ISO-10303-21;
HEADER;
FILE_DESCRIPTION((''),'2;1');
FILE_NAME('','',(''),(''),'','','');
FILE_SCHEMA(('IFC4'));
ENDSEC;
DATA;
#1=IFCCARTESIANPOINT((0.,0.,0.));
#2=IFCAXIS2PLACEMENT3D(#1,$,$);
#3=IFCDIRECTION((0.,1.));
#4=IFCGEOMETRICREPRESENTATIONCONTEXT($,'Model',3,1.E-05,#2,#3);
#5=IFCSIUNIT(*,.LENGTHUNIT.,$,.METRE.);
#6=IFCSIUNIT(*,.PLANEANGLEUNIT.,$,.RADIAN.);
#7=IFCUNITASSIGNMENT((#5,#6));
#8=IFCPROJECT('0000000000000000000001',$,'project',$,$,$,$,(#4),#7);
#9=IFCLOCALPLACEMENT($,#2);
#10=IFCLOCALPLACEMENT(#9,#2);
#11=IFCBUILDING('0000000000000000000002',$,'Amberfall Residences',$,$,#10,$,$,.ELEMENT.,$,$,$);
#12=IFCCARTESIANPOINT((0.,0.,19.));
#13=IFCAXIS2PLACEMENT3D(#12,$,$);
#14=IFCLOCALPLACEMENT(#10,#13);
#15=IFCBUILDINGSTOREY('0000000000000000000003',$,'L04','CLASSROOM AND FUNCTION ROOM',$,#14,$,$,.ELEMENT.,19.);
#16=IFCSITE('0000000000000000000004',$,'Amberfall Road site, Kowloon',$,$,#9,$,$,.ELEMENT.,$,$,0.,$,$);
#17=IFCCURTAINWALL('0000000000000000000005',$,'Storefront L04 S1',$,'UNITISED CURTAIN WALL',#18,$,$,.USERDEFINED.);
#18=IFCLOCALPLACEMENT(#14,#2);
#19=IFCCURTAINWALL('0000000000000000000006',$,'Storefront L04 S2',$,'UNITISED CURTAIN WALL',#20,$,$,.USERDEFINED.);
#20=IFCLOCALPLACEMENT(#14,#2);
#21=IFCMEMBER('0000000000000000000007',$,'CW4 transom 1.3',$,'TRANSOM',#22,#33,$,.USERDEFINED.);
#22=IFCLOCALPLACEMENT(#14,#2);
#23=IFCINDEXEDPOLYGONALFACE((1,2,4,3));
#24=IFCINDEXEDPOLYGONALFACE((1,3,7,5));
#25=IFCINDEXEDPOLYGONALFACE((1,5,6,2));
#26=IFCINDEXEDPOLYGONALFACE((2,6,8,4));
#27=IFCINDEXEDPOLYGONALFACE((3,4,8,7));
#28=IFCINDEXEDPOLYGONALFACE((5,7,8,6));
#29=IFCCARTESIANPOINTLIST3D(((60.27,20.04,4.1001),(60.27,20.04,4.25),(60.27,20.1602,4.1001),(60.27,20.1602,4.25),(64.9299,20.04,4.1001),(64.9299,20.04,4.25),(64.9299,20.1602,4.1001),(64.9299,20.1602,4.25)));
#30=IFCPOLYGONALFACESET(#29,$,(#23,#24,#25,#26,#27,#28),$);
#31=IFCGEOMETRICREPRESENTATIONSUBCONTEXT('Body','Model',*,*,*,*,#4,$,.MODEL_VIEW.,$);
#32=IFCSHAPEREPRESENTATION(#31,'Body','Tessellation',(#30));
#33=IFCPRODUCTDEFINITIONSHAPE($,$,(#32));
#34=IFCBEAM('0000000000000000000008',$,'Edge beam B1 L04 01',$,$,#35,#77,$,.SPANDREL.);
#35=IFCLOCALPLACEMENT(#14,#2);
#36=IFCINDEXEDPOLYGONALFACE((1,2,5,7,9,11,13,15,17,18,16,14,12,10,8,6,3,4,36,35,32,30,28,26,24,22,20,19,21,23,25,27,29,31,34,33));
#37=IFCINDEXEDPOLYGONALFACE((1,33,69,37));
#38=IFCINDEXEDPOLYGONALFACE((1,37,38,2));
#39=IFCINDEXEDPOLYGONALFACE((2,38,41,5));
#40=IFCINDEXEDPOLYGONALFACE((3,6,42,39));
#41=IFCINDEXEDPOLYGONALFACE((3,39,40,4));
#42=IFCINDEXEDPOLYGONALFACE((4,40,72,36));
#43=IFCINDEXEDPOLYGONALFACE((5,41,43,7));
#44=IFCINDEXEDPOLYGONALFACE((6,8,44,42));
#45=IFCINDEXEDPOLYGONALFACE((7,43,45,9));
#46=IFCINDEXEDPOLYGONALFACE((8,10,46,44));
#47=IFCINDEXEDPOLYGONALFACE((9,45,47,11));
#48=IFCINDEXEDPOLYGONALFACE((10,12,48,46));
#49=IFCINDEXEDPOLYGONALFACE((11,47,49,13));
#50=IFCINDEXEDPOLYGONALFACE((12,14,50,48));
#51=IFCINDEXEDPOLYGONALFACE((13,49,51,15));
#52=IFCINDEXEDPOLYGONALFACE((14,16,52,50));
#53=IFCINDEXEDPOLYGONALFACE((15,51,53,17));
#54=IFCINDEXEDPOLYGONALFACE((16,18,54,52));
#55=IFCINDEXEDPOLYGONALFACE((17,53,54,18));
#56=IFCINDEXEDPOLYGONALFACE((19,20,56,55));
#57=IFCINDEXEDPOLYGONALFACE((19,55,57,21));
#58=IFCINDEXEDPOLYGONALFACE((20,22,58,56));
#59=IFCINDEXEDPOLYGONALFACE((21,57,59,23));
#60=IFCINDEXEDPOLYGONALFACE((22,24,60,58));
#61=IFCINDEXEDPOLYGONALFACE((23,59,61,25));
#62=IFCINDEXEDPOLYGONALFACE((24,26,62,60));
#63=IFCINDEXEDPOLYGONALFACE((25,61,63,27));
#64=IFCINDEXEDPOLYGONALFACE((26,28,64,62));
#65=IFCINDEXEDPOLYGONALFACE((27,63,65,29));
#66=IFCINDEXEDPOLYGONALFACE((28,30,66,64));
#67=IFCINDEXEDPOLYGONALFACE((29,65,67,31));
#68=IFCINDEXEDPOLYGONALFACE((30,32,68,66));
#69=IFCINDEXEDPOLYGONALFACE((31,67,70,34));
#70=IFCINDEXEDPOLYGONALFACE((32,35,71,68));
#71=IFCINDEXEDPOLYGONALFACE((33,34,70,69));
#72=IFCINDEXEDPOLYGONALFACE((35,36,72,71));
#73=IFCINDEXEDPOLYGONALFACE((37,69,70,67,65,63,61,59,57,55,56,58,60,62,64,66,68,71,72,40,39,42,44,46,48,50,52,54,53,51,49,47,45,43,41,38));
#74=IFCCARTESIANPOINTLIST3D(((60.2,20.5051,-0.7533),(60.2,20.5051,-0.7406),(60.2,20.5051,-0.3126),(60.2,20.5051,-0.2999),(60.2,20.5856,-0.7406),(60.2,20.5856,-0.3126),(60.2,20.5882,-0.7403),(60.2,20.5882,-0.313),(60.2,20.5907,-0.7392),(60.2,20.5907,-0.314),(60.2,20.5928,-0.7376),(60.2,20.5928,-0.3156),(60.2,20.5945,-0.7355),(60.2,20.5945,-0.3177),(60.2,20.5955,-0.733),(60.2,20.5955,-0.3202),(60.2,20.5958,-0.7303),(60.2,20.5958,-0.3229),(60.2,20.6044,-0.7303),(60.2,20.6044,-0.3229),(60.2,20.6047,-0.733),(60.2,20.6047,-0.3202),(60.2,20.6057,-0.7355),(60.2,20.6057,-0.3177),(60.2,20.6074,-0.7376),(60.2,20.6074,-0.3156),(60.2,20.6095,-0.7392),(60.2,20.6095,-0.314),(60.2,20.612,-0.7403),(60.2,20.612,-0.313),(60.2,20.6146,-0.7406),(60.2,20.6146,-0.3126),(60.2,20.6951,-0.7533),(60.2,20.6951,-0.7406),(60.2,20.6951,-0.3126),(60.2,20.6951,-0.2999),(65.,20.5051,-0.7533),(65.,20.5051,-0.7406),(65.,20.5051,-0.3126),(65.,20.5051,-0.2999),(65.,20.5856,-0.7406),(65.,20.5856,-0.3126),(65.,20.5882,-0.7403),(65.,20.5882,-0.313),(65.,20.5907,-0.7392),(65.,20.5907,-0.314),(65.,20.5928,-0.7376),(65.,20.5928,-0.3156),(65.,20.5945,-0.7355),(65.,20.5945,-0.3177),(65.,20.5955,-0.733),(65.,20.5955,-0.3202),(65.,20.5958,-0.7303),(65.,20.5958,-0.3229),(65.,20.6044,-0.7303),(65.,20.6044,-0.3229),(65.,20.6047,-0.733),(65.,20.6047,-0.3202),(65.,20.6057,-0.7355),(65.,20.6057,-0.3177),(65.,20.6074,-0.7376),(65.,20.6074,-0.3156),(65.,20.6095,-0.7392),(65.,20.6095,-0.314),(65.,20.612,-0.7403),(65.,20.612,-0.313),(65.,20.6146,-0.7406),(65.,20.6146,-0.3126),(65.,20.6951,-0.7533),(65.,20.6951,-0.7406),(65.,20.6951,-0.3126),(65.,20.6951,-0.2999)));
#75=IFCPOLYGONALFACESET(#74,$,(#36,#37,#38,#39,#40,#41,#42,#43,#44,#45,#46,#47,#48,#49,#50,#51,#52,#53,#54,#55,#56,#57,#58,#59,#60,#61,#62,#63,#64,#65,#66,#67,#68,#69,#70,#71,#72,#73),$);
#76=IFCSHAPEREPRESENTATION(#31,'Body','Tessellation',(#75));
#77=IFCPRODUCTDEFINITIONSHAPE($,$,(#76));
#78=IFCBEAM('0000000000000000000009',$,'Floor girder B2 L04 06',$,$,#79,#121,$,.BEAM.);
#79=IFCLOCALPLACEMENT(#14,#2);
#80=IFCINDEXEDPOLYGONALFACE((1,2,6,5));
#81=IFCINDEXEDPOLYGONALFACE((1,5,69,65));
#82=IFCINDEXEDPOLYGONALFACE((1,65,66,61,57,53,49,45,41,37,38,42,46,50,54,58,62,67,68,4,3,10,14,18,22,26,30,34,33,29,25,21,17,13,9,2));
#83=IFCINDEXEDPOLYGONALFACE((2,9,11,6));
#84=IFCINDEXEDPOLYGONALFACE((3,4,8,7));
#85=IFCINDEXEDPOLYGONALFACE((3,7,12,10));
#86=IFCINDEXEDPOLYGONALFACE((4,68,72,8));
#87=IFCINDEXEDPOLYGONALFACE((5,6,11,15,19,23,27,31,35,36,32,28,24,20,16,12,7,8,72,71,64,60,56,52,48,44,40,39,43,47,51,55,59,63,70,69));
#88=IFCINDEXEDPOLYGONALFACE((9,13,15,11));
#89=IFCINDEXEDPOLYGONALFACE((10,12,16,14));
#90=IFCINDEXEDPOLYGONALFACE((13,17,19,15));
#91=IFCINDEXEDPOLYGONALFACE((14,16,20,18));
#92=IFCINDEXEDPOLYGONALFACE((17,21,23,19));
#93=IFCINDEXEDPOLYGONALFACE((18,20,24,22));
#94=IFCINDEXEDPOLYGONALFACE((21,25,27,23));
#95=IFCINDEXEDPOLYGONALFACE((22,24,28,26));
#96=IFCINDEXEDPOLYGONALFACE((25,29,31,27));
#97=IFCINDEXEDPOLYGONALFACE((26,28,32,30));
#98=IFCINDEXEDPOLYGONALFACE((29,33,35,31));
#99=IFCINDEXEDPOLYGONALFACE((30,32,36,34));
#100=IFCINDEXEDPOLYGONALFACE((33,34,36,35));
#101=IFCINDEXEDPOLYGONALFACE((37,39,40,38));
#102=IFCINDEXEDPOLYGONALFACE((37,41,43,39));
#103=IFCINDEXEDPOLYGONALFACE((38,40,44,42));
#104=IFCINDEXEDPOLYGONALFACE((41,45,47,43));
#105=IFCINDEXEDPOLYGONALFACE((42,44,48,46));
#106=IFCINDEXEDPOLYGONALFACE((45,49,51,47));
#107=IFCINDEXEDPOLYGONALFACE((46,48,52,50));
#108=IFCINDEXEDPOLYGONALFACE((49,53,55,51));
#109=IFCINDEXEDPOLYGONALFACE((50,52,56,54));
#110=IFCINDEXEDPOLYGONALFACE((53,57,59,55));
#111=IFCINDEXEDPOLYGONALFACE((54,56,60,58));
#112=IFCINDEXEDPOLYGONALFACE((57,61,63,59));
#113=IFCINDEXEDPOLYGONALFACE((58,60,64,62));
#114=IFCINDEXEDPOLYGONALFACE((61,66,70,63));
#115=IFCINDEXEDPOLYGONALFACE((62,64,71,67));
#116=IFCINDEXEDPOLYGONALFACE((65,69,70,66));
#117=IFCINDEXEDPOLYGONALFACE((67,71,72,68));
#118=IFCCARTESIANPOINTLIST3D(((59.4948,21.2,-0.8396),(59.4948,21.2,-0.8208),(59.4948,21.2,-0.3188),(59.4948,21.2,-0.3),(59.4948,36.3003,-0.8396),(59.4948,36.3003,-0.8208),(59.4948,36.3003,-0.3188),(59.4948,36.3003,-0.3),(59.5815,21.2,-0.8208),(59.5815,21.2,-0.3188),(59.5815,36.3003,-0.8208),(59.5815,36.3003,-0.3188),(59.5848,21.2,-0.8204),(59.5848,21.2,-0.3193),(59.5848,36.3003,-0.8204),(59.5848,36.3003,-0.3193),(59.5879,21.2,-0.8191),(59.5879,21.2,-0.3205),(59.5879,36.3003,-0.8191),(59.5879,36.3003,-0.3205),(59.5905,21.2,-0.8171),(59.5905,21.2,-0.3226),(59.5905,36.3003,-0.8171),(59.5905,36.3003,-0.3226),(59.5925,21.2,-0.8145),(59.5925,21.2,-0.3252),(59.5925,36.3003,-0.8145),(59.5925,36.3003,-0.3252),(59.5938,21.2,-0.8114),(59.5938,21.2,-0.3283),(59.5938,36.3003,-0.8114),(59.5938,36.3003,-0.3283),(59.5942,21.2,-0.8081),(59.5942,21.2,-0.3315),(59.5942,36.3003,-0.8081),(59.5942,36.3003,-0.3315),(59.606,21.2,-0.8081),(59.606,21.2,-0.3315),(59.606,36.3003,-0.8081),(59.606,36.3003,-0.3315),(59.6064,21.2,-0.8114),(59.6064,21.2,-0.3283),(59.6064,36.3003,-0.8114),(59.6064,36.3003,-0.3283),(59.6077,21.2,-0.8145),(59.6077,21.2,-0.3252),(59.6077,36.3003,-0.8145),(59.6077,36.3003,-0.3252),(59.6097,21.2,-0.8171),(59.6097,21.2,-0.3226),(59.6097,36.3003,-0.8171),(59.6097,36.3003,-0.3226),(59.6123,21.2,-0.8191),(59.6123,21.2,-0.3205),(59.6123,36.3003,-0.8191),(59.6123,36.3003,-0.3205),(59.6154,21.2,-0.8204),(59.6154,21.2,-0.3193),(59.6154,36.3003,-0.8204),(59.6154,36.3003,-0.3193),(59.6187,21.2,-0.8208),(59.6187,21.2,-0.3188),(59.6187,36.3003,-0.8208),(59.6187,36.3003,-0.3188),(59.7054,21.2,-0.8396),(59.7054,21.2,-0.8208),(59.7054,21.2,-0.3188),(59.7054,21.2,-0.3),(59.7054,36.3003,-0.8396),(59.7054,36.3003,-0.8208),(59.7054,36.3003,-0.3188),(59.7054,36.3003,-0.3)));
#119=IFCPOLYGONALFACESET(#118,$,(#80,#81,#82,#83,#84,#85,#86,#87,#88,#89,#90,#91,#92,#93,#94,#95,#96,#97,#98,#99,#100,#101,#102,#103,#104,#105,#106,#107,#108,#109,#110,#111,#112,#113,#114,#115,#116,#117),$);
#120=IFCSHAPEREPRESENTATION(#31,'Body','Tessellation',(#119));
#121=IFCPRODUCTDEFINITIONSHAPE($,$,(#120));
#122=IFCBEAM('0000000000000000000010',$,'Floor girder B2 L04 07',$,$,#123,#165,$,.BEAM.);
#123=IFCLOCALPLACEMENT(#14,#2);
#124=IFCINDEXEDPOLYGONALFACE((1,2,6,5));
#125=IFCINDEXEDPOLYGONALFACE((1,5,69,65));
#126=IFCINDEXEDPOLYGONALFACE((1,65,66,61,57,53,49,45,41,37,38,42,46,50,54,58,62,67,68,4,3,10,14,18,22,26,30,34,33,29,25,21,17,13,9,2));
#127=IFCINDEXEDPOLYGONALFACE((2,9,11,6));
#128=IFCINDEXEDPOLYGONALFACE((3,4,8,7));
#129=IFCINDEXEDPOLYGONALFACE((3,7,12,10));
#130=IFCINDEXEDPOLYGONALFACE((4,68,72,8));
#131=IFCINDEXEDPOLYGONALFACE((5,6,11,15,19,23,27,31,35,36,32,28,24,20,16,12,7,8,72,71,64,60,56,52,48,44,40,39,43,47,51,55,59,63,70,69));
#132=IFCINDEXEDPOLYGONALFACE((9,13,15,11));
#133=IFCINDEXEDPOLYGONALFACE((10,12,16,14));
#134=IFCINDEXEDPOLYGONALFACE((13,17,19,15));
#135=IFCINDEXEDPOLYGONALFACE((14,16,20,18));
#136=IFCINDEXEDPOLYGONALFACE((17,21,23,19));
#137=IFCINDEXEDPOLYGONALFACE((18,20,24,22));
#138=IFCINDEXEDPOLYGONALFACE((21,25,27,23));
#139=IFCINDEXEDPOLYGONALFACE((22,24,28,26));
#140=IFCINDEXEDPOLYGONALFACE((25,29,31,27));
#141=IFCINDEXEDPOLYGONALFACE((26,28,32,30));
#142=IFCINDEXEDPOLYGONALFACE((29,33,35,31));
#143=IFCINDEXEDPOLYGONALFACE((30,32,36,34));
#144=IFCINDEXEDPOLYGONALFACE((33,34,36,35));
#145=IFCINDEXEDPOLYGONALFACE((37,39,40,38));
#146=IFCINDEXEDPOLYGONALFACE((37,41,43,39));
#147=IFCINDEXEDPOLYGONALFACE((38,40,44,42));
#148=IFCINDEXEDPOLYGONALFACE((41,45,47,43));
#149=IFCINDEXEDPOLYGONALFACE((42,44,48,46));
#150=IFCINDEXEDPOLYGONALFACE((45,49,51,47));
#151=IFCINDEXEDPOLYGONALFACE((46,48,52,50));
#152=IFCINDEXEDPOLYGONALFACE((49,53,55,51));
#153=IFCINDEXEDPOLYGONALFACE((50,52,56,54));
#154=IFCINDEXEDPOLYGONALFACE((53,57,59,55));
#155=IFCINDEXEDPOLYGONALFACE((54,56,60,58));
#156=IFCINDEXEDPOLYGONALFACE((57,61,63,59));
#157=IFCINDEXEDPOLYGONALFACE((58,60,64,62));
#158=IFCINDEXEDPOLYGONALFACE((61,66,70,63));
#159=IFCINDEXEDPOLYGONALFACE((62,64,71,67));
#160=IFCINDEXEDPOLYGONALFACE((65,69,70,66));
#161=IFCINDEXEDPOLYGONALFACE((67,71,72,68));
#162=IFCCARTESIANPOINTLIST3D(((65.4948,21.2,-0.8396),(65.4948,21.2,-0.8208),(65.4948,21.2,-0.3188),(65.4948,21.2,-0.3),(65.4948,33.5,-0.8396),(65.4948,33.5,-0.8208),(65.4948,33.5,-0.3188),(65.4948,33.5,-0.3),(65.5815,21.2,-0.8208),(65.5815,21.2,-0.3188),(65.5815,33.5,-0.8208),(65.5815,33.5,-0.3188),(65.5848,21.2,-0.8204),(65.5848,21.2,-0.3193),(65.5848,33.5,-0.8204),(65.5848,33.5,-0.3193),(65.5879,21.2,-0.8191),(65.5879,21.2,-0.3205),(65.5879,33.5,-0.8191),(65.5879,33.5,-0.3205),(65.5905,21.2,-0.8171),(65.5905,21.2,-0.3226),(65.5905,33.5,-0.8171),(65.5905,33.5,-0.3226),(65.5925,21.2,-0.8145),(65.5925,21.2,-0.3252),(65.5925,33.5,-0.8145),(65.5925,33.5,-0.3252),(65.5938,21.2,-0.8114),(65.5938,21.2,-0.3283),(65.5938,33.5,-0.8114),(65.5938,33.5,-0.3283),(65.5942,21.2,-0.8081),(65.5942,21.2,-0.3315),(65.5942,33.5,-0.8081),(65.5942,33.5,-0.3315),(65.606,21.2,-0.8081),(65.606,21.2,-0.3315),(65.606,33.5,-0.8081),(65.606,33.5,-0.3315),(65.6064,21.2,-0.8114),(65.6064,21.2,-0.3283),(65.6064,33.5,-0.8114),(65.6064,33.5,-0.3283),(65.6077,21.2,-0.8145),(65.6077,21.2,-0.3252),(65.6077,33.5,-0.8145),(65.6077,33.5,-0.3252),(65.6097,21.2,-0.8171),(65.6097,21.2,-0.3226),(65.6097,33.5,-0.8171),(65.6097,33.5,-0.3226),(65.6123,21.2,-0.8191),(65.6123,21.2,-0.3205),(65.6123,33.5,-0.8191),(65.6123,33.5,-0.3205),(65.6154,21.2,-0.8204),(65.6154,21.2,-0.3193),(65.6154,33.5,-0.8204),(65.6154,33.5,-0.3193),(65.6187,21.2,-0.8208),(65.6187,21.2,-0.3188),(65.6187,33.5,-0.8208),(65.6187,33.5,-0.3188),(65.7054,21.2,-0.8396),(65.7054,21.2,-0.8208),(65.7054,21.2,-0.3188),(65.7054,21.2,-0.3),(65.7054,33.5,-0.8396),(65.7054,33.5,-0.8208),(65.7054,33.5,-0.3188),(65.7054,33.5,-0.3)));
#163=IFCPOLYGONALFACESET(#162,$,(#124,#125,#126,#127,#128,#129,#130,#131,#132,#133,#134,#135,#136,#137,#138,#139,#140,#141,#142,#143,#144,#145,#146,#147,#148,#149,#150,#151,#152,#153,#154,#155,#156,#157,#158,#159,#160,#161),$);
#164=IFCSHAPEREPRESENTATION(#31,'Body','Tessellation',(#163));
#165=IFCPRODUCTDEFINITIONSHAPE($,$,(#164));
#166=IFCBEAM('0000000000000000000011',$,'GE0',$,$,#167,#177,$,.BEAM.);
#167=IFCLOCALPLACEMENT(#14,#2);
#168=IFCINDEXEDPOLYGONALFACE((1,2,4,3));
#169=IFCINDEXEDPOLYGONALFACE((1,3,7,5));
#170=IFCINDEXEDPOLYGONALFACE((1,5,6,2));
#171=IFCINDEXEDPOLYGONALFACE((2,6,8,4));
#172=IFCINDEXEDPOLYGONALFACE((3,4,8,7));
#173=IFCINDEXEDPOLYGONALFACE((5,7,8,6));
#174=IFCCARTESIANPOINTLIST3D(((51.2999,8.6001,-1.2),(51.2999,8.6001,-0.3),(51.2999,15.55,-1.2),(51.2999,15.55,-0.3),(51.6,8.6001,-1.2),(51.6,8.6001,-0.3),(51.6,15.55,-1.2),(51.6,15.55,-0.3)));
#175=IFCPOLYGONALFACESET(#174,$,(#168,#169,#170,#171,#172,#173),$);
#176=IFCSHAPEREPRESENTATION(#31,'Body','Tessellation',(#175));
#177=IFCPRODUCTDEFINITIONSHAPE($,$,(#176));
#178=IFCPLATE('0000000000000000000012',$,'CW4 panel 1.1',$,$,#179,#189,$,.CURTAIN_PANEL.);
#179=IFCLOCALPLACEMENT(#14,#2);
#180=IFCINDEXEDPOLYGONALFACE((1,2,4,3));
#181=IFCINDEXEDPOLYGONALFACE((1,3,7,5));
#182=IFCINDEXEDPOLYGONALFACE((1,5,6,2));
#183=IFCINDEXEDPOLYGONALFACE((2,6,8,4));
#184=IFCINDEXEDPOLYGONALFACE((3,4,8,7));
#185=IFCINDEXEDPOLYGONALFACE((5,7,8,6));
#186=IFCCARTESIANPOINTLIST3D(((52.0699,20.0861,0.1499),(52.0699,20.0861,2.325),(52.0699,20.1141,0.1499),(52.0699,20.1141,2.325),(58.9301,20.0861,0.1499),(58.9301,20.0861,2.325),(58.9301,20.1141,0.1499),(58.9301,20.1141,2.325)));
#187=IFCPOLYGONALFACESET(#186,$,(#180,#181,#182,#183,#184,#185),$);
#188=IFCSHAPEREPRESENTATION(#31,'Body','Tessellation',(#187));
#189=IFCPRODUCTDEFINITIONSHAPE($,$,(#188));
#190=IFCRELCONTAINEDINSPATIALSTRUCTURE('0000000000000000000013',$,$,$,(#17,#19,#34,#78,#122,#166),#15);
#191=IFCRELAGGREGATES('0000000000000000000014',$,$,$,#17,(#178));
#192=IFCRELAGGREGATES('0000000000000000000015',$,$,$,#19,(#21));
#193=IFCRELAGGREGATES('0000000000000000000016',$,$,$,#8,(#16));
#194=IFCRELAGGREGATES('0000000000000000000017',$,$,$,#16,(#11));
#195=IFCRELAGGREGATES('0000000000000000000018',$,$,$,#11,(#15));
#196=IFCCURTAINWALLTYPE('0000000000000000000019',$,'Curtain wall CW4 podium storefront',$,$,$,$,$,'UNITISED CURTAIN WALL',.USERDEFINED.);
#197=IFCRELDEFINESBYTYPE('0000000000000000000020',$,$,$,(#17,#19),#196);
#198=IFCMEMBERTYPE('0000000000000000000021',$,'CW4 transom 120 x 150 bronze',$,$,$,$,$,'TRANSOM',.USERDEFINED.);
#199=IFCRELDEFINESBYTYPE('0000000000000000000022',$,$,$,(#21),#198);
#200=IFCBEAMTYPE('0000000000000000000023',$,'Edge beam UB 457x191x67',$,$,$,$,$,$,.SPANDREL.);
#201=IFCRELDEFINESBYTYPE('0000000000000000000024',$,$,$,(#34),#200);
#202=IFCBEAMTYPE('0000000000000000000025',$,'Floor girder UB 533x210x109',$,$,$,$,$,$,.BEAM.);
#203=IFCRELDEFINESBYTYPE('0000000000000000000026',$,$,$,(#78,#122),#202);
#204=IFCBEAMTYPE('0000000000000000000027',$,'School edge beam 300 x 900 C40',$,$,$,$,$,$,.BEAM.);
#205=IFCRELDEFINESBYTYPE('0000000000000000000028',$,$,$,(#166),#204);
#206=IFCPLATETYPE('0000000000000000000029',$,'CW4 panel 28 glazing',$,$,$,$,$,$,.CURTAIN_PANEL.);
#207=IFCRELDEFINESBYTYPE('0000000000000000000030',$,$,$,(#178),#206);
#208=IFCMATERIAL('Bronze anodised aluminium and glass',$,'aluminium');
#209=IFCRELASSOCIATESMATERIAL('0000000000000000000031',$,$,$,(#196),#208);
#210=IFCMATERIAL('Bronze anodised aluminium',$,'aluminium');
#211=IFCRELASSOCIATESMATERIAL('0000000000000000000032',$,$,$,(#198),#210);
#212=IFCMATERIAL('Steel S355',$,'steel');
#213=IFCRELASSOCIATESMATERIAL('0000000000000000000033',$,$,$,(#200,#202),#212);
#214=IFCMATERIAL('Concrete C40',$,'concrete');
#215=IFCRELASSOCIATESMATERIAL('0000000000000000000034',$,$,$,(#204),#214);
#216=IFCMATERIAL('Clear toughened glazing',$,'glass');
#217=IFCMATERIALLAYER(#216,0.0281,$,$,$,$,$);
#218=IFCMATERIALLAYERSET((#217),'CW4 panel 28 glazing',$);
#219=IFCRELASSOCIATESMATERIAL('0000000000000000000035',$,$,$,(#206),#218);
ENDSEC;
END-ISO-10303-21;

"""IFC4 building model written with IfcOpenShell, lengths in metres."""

from ifc_helpers import new_model, si_unit, direction, frame, origin, origin_2d, place, context, subcontext, project, spatial, rectangle, i_section, extrude, material, layer, layer_set, material_profile, profile_set, type_object, element, aggregate, save


model = new_model("IFC4")

# Units and contexts
model_context = context("Model", 3, precision=1e-05, world=origin(), true_north=direction((0.0, 1.0)))
body_context = subcontext(model_context, "Body", "Model", "MODEL_VIEW")
ifc_project = project(units=[si_unit("LENGTHUNIT", "METRE"), si_unit("PLANEANGLEUNIT", "RADIAN")], contexts=[model_context])

# Site, building, storey
site_placement = place(None, origin())
site = spatial("IfcSite", under=ifc_project, at=site_placement, Name="Amberfall Road site, Kowloon", CompositionType="ELEMENT", RefElevation=0.0)
building_placement = place(site_placement, origin())
building = spatial("IfcBuilding", under=site, at=building_placement, Name="Amberfall Residences", CompositionType="ELEMENT")
storey_placement = place(building_placement, frame((0.0, 0.0, 19.0)))
storey = spatial("IfcBuildingStorey", under=building, at=storey_placement, Name="L04", Description="CLASSROOM AND FUNCTION ROOM", CompositionType="ELEMENT", Elevation=19.0)

# Shared definitions
ifc_material_1 = material(Name="Concrete C40", Category="concrete")

# Curtain walls
ifc_material_2 = material(Name="Bronze anodised aluminium and glass", Category="aluminium")
curtain_wall_type = type_object("IfcCurtainWallType", Name="Curtain wall CW4 podium storefront", ElementType="UNITISED CURTAIN WALL", PredefinedType="USERDEFINED", material=ifc_material_2)
curtain_wall_1_placement = place(storey_placement, origin())
curtain_wall_1 = element("IfcCurtainWall", 1, at=curtain_wall_1_placement, inside=storey, type_object=curtain_wall_type, Name="Storefront L04 S1", ObjectType="UNITISED CURTAIN WALL", PredefinedType="USERDEFINED")
ifc_material_3 = material(Name="Bronze anodised aluminium", Category="aluminium")
curtain_wall_2_placement = place(storey_placement, origin())
curtain_wall_2 = element("IfcCurtainWall", 2, at=curtain_wall_2_placement, inside=storey, type_object=curtain_wall_type, Name="Storefront L04 S2", ObjectType="UNITISED CURTAIN WALL", PredefinedType="USERDEFINED")

# Member
ifc_material_profile_1 = material_profile(ifc_material_3, rectangle(XDim=0.1201, YDim=0.1499, at=origin_2d()), Name="CW4 transom 120 x 150 bronze")
ifc_profile_set_1 = profile_set([ifc_material_profile_1], Name="Bronze anodised aluminium")
member_type_1 = type_object("IfcMemberType", Name="CW4 transom 120 x 150 bronze", ElementType="TRANSOM", PredefinedType="USERDEFINED", material=ifc_profile_set_1)
member_1_placement = place(storey_placement, frame((60.27, 20.1001, 4.175), z_axis=(1.0, 0.0, 0.0), x_axis=(0.0, 1.0, 0.0)))
member_1 = element("IfcMember", 3, at=member_1_placement, type_object=member_type_1, Name="CW4 transom 1.3", ObjectType="TRANSOM", PredefinedType="USERDEFINED", context=body_context, shape_type="SweptSolid", body=[
    extrude(rectangle(XDim=0.1201, YDim=0.1499, at=origin_2d()), origin(), (0.0, 0.0, 1.0), 4.6599),
])

# Beams
ifc_material_4 = material(Name="Steel S355", Category="steel")
ifc_material_profile_2 = material_profile(ifc_material_4, i_section(OverallWidth=0.1899, OverallDepth=0.4534, WebThickness=0.0085, FlangeThickness=0.0127, FilletRadius=0.0103, at=origin_2d()), Name="UB 457x191x67")
ifc_profile_set_2 = profile_set([ifc_material_profile_2], Name="Steel S355")
beam_type_1 = type_object("IfcBeamType", Name="Edge beam UB 457x191x67", PredefinedType="SPANDREL", material=ifc_profile_set_2)
beam_1_placement = place(storey_placement, frame((60.2, 20.6001, -0.5266), z_axis=(1.0, 0.0, 0.0), x_axis=(0.0, 1.0, 0.0)))
element("IfcBeam", 4, at=beam_1_placement, inside=storey, type_object=beam_type_1, Name="Edge beam B1 L04 01", PredefinedType="SPANDREL", context=body_context, shape_type="SweptSolid", body=[
    extrude(i_section(OverallWidth=0.1899, OverallDepth=0.4534, WebThickness=0.0085, FlangeThickness=0.0127, FilletRadius=0.0103, at=origin_2d()), origin(), (0.0, 0.0, 1.0), 4.8),
])
ifc_material_profile_3 = material_profile(ifc_material_4, i_section(OverallWidth=0.2107, OverallDepth=0.5396, WebThickness=0.0117, FlangeThickness=0.0188, FilletRadius=0.0127, at=origin_2d()), Name="UB 533x210x109")
ifc_profile_set_3 = profile_set([ifc_material_profile_3], Name="Steel S355")
beam_type_2 = type_object("IfcBeamType", Name="Floor girder UB 533x210x109", PredefinedType="BEAM", material=ifc_profile_set_3)
beam_2_placement = place(storey_placement, frame((59.6001, 21.2, -0.5698), z_axis=(0.0, 1.0, 0.0), x_axis=(-1.0, 0.0, 0.0)))
element("IfcBeam", 5, at=beam_2_placement, inside=storey, type_object=beam_type_2, Name="Floor girder B2 L04 06", PredefinedType="BEAM", context=body_context, shape_type="SweptSolid", body=[
    extrude(i_section(OverallWidth=0.2107, OverallDepth=0.5396, WebThickness=0.0117, FlangeThickness=0.0188, FilletRadius=0.0127, at=origin_2d()), origin(), (0.0, 0.0, 1.0), 15.1003),
])
beam_3_placement = place(storey_placement, frame((65.6001, 21.2, -0.5698), z_axis=(0.0, 1.0, 0.0), x_axis=(-1.0, 0.0, 0.0)))
element("IfcBeam", 6, at=beam_3_placement, inside=storey, type_object=beam_type_2, Name="Floor girder B2 L04 07", PredefinedType="BEAM", context=body_context, shape_type="SweptSolid", body=[
    extrude(i_section(OverallWidth=0.2107, OverallDepth=0.5396, WebThickness=0.0117, FlangeThickness=0.0188, FilletRadius=0.0127, at=origin_2d()), origin(), (0.0, 0.0, 1.0), 12.3),
])
ifc_material_profile_4 = material_profile(ifc_material_1, rectangle(XDim=0.3, YDim=0.8999, at=origin_2d()), Name="School edge beam 300 x 900 C40")
ifc_profile_set_4 = profile_set([ifc_material_profile_4], Name="Concrete C40")
beam_type_3 = type_object("IfcBeamType", Name="School edge beam 300 x 900 C40", PredefinedType="BEAM", material=ifc_profile_set_4)
beam_4_placement = place(storey_placement, frame((51.45, 8.6001, -0.75), z_axis=(0.0, 1.0, 0.0), x_axis=(-1.0, 0.0, 0.0)))
element("IfcBeam", 7, at=beam_4_placement, inside=storey, type_object=beam_type_3, Name="GE0", PredefinedType="BEAM", context=body_context, shape_type="SweptSolid", body=[
    extrude(rectangle(XDim=0.3, YDim=0.8999, at=origin_2d()), origin(), (0.0, 0.0, 1.0), 6.95),
])

# Plate
ifc_material_5 = material(Name="Clear toughened glazing", Category="glass")
ifc_layer_1 = layer(ifc_material_5, 0.0281)
ifc_layer_set_1 = layer_set([ifc_layer_1], Name="CW4 panel 28 glazing")
plate_type = type_object("IfcPlateType", Name="CW4 panel 28 glazing", PredefinedType="CURTAIN_PANEL", material=ifc_layer_set_1)
plate_1_placement = place(storey_placement, frame((55.5, 20.1001, 0.1499), z_axis=(0.0, 0.0, 1.0), x_axis=(1.0, 0.0, 0.0)))
plate_1 = element("IfcPlate", 8, at=plate_1_placement, type_object=plate_type, Name="CW4 panel 1.1", PredefinedType="CURTAIN_PANEL", context=body_context, shape_type="SweptSolid", body=[
    extrude(rectangle(XDim=6.8601, YDim=0.0281, at=origin_2d()), origin(), (0.0, 0.0, 1.0), 2.175),
])
aggregate(curtain_wall_1, [plate_1])
aggregate(curtain_wall_2, [member_1])

save(model, "model.ifc")
